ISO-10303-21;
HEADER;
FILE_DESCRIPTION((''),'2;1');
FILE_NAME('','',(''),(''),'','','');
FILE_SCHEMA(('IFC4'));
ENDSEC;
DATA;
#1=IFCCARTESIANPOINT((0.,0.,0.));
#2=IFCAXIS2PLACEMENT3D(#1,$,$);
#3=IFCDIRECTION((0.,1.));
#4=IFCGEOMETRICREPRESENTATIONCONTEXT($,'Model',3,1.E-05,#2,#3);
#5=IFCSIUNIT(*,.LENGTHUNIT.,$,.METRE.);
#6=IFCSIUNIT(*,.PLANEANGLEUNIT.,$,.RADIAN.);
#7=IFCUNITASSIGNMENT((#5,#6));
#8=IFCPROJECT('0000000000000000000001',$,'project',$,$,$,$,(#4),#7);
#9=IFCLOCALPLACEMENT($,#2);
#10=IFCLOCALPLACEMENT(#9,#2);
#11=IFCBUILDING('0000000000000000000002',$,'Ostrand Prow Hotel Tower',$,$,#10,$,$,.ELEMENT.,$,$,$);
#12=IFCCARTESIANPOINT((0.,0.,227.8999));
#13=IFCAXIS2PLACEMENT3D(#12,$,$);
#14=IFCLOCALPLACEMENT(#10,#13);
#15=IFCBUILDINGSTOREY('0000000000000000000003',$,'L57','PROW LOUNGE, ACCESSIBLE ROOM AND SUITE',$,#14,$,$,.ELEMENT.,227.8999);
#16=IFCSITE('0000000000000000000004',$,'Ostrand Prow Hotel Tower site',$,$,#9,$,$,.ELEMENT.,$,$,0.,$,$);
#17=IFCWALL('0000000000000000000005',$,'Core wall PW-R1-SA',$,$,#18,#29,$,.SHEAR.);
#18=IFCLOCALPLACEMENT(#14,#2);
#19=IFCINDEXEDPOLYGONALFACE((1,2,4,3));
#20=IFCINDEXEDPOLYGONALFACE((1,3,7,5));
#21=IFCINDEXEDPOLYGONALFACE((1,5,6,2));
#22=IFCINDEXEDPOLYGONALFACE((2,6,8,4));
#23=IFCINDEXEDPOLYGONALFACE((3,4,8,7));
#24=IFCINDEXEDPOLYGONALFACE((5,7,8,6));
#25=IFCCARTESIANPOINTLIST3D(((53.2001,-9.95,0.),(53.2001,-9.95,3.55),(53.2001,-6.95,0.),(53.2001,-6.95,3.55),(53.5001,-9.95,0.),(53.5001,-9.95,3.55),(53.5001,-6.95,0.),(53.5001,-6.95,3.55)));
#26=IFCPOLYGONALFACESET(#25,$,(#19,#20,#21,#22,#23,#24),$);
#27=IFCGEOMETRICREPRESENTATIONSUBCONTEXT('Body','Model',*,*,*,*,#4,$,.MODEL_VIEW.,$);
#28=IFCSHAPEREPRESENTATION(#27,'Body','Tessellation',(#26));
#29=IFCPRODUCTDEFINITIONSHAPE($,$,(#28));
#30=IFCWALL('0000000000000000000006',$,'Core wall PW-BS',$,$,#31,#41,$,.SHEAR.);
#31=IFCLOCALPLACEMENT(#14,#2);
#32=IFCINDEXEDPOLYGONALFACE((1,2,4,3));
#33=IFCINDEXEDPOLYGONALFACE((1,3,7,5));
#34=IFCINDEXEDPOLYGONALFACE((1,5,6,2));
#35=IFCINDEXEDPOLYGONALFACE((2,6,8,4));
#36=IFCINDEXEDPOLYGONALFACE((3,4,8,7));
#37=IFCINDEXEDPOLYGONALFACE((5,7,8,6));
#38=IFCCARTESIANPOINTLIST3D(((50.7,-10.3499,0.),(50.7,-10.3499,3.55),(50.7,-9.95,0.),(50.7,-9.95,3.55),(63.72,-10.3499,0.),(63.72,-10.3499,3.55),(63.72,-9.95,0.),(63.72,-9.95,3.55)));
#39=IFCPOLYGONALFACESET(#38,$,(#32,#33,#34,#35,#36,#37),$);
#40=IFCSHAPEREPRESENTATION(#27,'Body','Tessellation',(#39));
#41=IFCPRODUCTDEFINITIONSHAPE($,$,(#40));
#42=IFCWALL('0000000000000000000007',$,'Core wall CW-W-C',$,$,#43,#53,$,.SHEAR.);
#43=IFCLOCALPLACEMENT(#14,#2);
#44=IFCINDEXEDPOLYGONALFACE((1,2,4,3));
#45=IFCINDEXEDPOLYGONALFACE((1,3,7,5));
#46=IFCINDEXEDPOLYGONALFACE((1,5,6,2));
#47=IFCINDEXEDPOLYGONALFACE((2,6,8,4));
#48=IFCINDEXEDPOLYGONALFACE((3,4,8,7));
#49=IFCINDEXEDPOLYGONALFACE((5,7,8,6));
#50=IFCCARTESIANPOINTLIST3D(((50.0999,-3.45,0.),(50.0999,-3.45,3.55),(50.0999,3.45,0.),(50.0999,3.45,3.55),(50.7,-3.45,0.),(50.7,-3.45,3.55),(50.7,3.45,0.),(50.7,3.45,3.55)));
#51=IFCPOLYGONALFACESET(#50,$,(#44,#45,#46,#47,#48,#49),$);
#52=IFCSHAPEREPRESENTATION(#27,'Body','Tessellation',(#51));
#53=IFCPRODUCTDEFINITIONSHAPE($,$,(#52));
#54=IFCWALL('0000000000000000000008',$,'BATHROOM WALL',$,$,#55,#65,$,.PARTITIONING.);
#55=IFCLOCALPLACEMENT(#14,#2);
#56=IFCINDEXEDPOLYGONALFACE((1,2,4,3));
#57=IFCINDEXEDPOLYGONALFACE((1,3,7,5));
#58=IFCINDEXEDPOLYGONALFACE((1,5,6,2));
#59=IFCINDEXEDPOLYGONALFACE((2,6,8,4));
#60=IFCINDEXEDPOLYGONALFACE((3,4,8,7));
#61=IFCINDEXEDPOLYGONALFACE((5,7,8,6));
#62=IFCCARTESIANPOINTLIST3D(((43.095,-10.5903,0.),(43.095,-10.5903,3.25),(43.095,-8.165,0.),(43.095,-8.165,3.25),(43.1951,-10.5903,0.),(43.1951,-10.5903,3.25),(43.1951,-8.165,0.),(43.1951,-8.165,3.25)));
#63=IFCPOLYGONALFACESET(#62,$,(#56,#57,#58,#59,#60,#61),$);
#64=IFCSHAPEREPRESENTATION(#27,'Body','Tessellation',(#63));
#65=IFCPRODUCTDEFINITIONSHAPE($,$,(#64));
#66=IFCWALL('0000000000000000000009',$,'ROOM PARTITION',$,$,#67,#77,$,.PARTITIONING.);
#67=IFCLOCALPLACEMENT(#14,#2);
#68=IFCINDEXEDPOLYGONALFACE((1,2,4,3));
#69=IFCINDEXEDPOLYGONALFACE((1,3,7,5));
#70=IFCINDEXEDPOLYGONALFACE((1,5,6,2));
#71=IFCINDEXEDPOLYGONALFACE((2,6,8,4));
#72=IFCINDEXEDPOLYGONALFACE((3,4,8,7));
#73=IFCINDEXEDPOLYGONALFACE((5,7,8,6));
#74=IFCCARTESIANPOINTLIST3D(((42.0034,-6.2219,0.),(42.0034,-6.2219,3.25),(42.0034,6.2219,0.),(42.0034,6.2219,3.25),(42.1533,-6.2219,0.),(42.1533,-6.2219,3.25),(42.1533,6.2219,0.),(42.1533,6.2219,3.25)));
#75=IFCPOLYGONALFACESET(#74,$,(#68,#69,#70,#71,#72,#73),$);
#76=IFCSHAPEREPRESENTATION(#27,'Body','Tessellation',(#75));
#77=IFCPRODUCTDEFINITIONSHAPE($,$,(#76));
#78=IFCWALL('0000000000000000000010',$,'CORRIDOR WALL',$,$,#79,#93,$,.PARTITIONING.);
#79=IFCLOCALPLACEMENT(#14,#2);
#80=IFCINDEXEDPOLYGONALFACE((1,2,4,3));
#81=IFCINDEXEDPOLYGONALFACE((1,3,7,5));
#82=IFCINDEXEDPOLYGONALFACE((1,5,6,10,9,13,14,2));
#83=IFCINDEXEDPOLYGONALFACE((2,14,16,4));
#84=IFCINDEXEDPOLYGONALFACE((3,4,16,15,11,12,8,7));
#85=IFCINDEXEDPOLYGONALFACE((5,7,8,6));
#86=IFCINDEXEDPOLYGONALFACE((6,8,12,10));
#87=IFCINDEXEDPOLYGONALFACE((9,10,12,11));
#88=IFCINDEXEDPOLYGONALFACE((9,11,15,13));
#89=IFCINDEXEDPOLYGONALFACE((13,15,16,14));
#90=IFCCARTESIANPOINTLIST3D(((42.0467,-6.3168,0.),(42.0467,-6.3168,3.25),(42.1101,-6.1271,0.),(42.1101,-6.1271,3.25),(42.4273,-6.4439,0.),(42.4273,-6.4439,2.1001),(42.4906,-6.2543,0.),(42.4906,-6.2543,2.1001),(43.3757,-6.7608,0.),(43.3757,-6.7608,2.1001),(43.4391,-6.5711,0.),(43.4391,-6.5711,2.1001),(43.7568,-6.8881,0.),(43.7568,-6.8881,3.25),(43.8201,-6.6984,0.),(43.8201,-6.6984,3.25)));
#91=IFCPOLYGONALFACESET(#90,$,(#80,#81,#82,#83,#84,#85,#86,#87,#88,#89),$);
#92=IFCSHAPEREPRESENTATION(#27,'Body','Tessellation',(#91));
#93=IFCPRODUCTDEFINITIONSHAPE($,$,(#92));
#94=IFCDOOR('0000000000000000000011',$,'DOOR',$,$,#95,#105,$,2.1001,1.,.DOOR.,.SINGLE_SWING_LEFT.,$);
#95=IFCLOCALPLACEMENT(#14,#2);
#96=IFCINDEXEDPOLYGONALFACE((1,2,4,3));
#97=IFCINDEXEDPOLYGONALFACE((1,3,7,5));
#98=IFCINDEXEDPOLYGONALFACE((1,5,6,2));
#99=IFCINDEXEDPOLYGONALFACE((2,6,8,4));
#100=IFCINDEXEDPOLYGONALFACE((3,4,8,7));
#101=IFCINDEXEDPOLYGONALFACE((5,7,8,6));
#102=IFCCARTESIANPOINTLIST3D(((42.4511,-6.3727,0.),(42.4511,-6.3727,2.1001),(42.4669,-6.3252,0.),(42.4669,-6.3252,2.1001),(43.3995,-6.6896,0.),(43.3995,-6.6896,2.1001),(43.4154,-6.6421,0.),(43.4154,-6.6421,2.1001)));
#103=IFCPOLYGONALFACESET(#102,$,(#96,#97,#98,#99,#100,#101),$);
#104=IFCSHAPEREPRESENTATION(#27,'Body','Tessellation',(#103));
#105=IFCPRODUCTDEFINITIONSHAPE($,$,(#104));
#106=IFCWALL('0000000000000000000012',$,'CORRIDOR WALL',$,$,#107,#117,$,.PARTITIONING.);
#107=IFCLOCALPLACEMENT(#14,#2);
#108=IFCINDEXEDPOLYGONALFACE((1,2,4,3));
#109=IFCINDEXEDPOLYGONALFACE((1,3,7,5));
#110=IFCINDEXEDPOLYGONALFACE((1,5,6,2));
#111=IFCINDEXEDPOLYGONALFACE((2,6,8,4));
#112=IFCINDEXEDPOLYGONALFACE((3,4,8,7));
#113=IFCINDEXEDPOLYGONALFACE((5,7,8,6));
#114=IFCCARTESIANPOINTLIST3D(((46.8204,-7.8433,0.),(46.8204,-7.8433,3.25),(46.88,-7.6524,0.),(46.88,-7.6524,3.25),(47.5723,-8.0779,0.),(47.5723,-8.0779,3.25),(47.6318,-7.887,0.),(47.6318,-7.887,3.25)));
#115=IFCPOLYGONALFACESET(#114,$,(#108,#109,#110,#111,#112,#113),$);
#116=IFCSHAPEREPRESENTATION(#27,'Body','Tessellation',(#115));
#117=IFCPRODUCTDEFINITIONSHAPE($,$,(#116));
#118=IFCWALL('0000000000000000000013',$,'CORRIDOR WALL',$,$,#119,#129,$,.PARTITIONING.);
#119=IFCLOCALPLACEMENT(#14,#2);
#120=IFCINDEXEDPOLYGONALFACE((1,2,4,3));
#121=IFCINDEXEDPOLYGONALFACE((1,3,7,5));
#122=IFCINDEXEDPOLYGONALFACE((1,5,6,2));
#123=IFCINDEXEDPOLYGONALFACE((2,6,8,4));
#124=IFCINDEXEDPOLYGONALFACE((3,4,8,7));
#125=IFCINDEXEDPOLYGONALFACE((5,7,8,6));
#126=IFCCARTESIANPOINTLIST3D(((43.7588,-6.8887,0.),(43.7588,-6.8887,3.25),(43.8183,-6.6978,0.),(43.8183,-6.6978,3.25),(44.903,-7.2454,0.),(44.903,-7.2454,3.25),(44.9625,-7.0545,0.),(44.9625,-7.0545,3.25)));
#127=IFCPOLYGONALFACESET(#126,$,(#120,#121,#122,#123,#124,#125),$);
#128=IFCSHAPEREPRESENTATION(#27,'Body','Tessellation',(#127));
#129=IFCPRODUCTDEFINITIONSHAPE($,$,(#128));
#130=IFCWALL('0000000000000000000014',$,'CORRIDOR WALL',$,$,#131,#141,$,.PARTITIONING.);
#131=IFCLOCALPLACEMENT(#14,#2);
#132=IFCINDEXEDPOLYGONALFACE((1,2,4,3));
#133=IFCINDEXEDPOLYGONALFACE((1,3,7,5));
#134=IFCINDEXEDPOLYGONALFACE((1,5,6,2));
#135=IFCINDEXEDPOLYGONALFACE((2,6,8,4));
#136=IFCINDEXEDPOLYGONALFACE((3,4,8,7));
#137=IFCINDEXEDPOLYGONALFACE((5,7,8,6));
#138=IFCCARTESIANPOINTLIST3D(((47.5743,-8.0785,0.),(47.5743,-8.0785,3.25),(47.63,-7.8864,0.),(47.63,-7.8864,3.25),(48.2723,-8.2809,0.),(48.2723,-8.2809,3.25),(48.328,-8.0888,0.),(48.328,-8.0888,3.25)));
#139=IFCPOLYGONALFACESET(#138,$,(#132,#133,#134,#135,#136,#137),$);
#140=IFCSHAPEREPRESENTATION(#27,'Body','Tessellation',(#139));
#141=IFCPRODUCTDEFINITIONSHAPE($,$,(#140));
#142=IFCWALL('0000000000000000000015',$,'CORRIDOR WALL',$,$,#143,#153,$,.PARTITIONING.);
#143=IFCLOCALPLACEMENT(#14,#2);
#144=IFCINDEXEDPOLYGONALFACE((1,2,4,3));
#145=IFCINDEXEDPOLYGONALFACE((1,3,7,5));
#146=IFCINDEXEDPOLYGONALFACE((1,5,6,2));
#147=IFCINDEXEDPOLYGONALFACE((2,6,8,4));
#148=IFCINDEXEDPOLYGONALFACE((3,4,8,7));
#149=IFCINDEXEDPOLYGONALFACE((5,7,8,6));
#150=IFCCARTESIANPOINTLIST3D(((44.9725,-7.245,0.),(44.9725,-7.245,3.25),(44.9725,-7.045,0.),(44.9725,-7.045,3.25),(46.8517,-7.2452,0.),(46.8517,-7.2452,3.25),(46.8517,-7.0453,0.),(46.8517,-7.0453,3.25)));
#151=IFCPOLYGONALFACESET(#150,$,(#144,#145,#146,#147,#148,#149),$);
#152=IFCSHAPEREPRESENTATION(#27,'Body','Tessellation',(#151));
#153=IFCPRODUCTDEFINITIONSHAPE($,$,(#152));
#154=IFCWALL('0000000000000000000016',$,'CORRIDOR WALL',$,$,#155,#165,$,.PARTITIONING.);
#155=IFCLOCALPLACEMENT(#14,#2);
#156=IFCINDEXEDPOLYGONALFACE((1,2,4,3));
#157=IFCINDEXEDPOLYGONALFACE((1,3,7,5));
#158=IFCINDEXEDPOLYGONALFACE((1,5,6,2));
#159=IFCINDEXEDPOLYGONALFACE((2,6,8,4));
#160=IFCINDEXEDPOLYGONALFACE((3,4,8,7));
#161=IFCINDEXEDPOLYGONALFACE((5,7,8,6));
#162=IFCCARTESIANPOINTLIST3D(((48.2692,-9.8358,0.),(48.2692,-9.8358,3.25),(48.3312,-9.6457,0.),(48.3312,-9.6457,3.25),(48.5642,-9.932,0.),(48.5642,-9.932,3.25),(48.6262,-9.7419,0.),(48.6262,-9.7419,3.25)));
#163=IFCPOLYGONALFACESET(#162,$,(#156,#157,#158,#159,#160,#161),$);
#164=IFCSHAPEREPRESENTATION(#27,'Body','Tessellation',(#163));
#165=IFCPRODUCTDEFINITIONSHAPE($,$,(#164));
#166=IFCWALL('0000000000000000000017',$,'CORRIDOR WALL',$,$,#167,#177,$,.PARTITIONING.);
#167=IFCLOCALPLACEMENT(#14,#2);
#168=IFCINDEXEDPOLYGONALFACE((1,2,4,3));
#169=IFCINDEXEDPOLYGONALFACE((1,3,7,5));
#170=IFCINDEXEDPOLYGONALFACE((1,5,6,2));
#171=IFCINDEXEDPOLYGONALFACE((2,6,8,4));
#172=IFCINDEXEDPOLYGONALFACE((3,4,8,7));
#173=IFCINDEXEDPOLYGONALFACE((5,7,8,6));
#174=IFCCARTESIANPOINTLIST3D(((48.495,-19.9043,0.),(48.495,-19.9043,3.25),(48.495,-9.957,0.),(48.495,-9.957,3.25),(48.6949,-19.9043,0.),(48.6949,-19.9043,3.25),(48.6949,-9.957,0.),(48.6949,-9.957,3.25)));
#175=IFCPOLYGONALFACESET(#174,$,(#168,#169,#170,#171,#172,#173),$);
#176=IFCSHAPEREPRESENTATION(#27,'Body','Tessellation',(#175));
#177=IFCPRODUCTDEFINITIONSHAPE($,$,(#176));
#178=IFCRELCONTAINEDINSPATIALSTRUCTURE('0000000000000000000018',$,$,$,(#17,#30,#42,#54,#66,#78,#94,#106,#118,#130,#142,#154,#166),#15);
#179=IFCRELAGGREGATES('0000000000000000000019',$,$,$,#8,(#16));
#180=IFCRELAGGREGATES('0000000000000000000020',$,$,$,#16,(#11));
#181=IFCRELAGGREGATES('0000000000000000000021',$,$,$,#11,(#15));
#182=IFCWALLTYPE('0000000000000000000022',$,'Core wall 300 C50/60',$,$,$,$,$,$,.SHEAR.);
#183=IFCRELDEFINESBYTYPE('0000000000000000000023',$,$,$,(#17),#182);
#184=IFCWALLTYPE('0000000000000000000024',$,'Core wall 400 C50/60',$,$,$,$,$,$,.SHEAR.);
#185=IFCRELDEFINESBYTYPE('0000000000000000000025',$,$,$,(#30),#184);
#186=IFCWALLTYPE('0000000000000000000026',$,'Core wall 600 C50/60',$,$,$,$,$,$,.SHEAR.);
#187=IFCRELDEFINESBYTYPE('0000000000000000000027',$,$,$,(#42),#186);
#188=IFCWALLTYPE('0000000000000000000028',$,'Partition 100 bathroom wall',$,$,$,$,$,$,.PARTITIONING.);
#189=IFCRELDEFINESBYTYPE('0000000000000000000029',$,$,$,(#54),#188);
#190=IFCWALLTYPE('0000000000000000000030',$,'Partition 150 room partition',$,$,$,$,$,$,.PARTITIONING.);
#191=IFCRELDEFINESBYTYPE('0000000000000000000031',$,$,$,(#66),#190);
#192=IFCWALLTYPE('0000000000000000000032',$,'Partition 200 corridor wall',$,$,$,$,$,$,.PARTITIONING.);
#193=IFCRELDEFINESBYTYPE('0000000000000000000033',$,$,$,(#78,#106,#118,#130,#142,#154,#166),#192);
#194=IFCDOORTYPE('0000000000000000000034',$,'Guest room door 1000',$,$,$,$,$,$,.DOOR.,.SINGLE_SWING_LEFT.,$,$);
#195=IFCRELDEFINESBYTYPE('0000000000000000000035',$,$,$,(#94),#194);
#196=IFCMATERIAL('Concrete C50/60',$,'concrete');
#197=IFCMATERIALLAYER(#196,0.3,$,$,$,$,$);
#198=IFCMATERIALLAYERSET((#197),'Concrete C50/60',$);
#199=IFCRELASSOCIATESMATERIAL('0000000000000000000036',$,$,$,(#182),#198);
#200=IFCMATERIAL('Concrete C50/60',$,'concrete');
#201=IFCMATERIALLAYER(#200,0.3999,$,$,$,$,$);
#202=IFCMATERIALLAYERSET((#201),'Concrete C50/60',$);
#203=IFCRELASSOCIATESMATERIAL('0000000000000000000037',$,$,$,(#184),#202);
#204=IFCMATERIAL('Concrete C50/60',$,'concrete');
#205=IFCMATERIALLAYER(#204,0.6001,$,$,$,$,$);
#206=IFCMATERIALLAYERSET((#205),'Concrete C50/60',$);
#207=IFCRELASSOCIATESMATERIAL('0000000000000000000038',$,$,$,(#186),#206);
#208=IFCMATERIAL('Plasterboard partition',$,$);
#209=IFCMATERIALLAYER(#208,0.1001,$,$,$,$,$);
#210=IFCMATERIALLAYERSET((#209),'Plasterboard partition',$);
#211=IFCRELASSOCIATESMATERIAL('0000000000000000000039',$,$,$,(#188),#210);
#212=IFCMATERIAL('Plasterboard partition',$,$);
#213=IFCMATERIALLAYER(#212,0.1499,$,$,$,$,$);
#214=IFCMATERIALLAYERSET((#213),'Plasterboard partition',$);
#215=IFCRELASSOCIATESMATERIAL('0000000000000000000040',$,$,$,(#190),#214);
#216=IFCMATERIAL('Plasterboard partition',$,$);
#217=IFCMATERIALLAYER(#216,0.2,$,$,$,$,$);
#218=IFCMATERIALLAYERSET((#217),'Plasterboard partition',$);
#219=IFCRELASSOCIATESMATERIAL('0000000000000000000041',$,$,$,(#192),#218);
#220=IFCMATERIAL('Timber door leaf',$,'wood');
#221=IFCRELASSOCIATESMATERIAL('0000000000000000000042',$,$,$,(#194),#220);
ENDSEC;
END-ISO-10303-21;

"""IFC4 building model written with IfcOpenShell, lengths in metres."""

from ifc_helpers import new_model, si_unit, direction, frame, frame_2d, origin, place, context, subcontext, project, spatial, rectangle, extrude, material, layer, layer_set, type_object, element, fill, save


model = new_model("IFC4")

# Units and contexts
model_context = context("Model", 3, precision=1e-05, world=origin(), true_north=direction((0.0, 1.0)))
body_context = subcontext(model_context, "Body", "Model", "MODEL_VIEW")
ifc_project = project(units=[si_unit("LENGTHUNIT", "METRE"), si_unit("PLANEANGLEUNIT", "RADIAN")], contexts=[model_context])

# Site, building, storey
site_placement = place(None, origin())
site = spatial("IfcSite", under=ifc_project, at=site_placement, Name="Ostrand Prow Hotel Tower site", CompositionType="ELEMENT", RefElevation=0.0)
building_placement = place(site_placement, origin())
building = spatial("IfcBuilding", under=site, at=building_placement, Name="Ostrand Prow Hotel Tower", CompositionType="ELEMENT")
storey_placement = place(building_placement, frame((0.0, 0.0, 227.8999)))
storey = spatial("IfcBuildingStorey", under=building, at=storey_placement, Name="L57", Description="PROW LOUNGE, ACCESSIBLE ROOM AND SUITE", CompositionType="ELEMENT", Elevation=227.8999)

# Shared definitions
ifc_material_1 = material(Name="Concrete C50/60", Category="concrete")
ifc_layer_1 = layer(ifc_material_1, 0.3)
ifc_layer_set_1 = layer_set([ifc_layer_1], Name="Concrete C50/60")
wall_type_1 = type_object("IfcWallType", Name="Core wall 300 C50/60", PredefinedType="SHEAR", material=ifc_layer_set_1)

# Walls
for number, where, z_axis, x_axis, name in (
    (1, (53.3501, -9.95, 0.0), (0.0, 0.0, 1.0), (0.0, 1.0, 0.0), "Core wall PW-R1-SA"),
):
    element("IfcWall", number, at=place(storey_placement, frame(where, z_axis=z_axis, x_axis=x_axis)), inside=storey, type_object=wall_type_1, Name=name, PredefinedType="SHEAR", context=body_context, shape_type="SweptSolid", body=[
        extrude(rectangle(XDim=3.0, YDim=0.3, at=frame_2d((1.5, 0.0))), origin(), (0.0, 0.0, 1.0), 3.55),
    ])
ifc_material_2 = material(Name="Concrete C50/60", Category="concrete")
ifc_layer_2 = layer(ifc_material_2, 0.3999)
ifc_layer_set_2 = layer_set([ifc_layer_2], Name="Concrete C50/60")
wall_type_2 = type_object("IfcWallType", Name="Core wall 400 C50/60", PredefinedType="SHEAR", material=ifc_layer_set_2)
wall_1_placement = place(storey_placement, frame((50.7, -10.1499, 0.0), z_axis=(0.0, 0.0, 1.0), x_axis=(1.0, 0.0, 0.0)))
element("IfcWall", 2, at=wall_1_placement, inside=storey, type_object=wall_type_2, Name="Core wall PW-BS", PredefinedType="SHEAR", context=body_context, shape_type="SweptSolid", body=[
    extrude(rectangle(XDim=13.02, YDim=0.3999, at=frame_2d((6.51, 0.0))), origin(), (0.0, 0.0, 1.0), 3.55),
])
ifc_material_3 = material(Name="Concrete C50/60", Category="concrete")
ifc_layer_3 = layer(ifc_material_3, 0.6001)
ifc_layer_set_3 = layer_set([ifc_layer_3], Name="Concrete C50/60")
wall_type_3 = type_object("IfcWallType", Name="Core wall 600 C50/60", PredefinedType="SHEAR", material=ifc_layer_set_3)
wall_2_placement = place(storey_placement, frame((50.3999, -3.45, 0.0), z_axis=(0.0, 0.0, 1.0), x_axis=(0.0, 1.0, 0.0)))
element("IfcWall", 3, at=wall_2_placement, inside=storey, type_object=wall_type_3, Name="Core wall CW-W-C", PredefinedType="SHEAR", context=body_context, shape_type="SweptSolid", body=[
    extrude(rectangle(XDim=6.8999, YDim=0.6001, at=frame_2d((3.45, 0.0))), origin(), (0.0, 0.0, 1.0), 3.55),
])
ifc_material_4 = material(Name="Plasterboard partition")
ifc_layer_4 = layer(ifc_material_4, 0.1001)
ifc_layer_set_4 = layer_set([ifc_layer_4], Name="Plasterboard partition")
wall_type_4 = type_object("IfcWallType", Name="Partition 100 bathroom wall", PredefinedType="PARTITIONING", material=ifc_layer_set_4)
wall_3_placement = place(storey_placement, frame((43.145, -8.165, 0.0), z_axis=(0.0, 0.0, 1.0), x_axis=(0.0, -1.0, 0.0)))
element("IfcWall", 4, at=wall_3_placement, inside=storey, type_object=wall_type_4, Name="BATHROOM WALL", PredefinedType="PARTITIONING", context=body_context, shape_type="SweptSolid", body=[
    extrude(rectangle(XDim=2.4253, YDim=0.1001, at=frame_2d((1.2126, 0.0))), origin(), (0.0, 0.0, 1.0), 3.25),
])
ifc_material_5 = material(Name="Plasterboard partition")
ifc_layer_5 = layer(ifc_material_5, 0.1499)
ifc_layer_set_5 = layer_set([ifc_layer_5], Name="Plasterboard partition")
wall_type_5 = type_object("IfcWallType", Name="Partition 150 room partition", PredefinedType="PARTITIONING", material=ifc_layer_set_5)
wall_4_placement = place(storey_placement, frame((42.0784, -6.2219, 0.0), z_axis=(0.0, 0.0, 1.0), x_axis=(0.0, 1.0, 0.0)))
element("IfcWall", 5, at=wall_4_placement, inside=storey, type_object=wall_type_5, Name="ROOM PARTITION", PredefinedType="PARTITIONING", context=body_context, shape_type="SweptSolid", body=[
    extrude(rectangle(XDim=12.4438, YDim=0.1499, at=frame_2d((6.2219, 0.0))), origin(), (0.0, 0.0, 1.0), 3.25),
])

# Wall, opening, door
ifc_material_6 = material(Name="Plasterboard partition")
ifc_layer_6 = layer(ifc_material_6, 0.2)
ifc_layer_set_6 = layer_set([ifc_layer_6], Name="Plasterboard partition")
wall_type_6 = type_object("IfcWallType", Name="Partition 200 corridor wall", PredefinedType="PARTITIONING", material=ifc_layer_set_6)
wall_5_placement = place(storey_placement, frame((43.7883, -6.7932, 0.0), z_axis=(0.0, 0.0, 1.0), x_axis=(-0.948466, 0.316878, 0.0)))
wall_5 = element("IfcWall", 6, at=wall_5_placement, inside=storey, type_object=wall_type_6, Name="CORRIDOR WALL", PredefinedType="PARTITIONING", context=body_context, shape_type="SweptSolid", body=[
    extrude(rectangle(XDim=1.803, YDim=0.2, at=frame_2d((0.9014, 0.0))), origin(), (0.0, 0.0, 1.0), 3.25),
])
opening_1_placement = place(wall_5_placement, frame((0.4016, 0.0, 0.0)))
opening_1 = element("IfcOpeningElement", 7, at=opening_1_placement, cuts=wall_5, PredefinedType="OPENING", context=body_context, shape_type="SweptSolid", body=[
    extrude(rectangle(XDim=1.0, YDim=2.1001, at=frame_2d((0.5, 1.05))), frame((0.0, 0.1099, 0.0), z_axis=(0.0, -1.0, 0.0), x_axis=(1.0, 0.0, 0.0)), (0.0, 0.0, 1.0), 0.22),
])
ifc_material_7 = material(Name="Timber door leaf", Category="wood")
door_type_1 = type_object("IfcDoorType", Name="Guest room door 1000", OperationType="SINGLE_SWING_LEFT", PredefinedType="DOOR", material=ifc_material_7)
door_1_placement = place(opening_1_placement, origin())
door_1 = element("IfcDoor", 8, at=door_1_placement, inside=storey, type_object=door_type_1, Name="DOOR", OperationType="SINGLE_SWING_LEFT", OverallHeight=2.1001, OverallWidth=1.0, PredefinedType="DOOR", context=body_context, shape_type="SweptSolid", body=[
    extrude(rectangle(XDim=1.0, YDim=2.1001, at=frame_2d((0.5, 1.05))), frame((0.0, 0.0249, 0.0), z_axis=(0.0, -1.0, 0.0), x_axis=(1.0, 0.0, 0.0)), (0.0, 0.0, 1.0), 0.05),
])
fill(opening_1, door_1)

# Walls
wall_6_placement = place(storey_placement, frame((47.6021, -7.9824, 0.0), z_axis=(0.0, 0.0, 1.0), x_axis=(-0.954612, 0.297851, 0.0)))
element("IfcWall", 9, at=wall_6_placement, inside=storey, type_object=wall_type_6, Name="CORRIDOR WALL", PredefinedType="PARTITIONING", context=body_context, shape_type="SweptSolid", body=[
    extrude(rectangle(XDim=0.7876, YDim=0.2, at=frame_2d((0.3938, 0.0))), origin(), (0.0, 0.0, 1.0), 3.25),
])
wall_7_placement = place(storey_placement, frame((44.9326, -7.1499, 0.0), z_axis=(0.0, 0.0, 1.0), x_axis=(-0.954694, 0.297591, 0.0)))
element("IfcWall", 10, at=wall_7_placement, inside=storey, type_object=wall_type_6, Name="CORRIDOR WALL", PredefinedType="PARTITIONING", context=body_context, shape_type="SweptSolid", body=[
    extrude(rectangle(XDim=1.1985, YDim=0.2, at=frame_2d((0.5991, 0.0))), origin(), (0.0, 0.0, 1.0), 3.25),
])
wall_8_placement = place(storey_placement, frame((48.3, -8.1848, 0.0), z_axis=(0.0, 0.0, 1.0), x_axis=(-0.960439, 0.27849, 0.0)))
element("IfcWall", 11, at=wall_8_placement, inside=storey, type_object=wall_type_6, Name="CORRIDOR WALL", PredefinedType="PARTITIONING", context=body_context, shape_type="SweptSolid", body=[
    extrude(rectangle(XDim=0.7268, YDim=0.2, at=frame_2d((0.3633, 0.0))), origin(), (0.0, 0.0, 1.0), 3.25),
])
wall_9_placement = place(storey_placement, frame((46.8516, -7.1453, 0.0), z_axis=(0.0, 0.0, 1.0), x_axis=(-1.0, 0.00013, 0.0)))
element("IfcWall", 12, at=wall_9_placement, inside=storey, type_object=wall_type_6, Name="CORRIDOR WALL", PredefinedType="PARTITIONING", context=body_context, shape_type="SweptSolid", body=[
    extrude(rectangle(XDim=1.8792, YDim=0.2, at=frame_2d((0.9395, 0.0))), origin(), (0.0, 0.0, 1.0), 3.25),
])
wall_10_placement = place(storey_placement, frame((48.3, -9.7407, 0.0), z_axis=(0.0, 0.0, 1.0), x_axis=(0.95071, -0.310082, 0.0)))
element("IfcWall", 13, at=wall_10_placement, inside=storey, type_object=wall_type_6, Name="CORRIDOR WALL", PredefinedType="PARTITIONING", context=body_context, shape_type="SweptSolid", body=[
    extrude(rectangle(XDim=0.3103, YDim=0.2, at=frame_2d((0.1553, 0.0))), origin(), (0.0, 0.0, 1.0), 3.25),
])
wall_11_placement = place(storey_placement, frame((48.595, -9.957, 0.0), z_axis=(0.0, 0.0, 1.0), x_axis=(0.0, -1.0, 0.0)))
element("IfcWall", 14, at=wall_11_placement, inside=storey, type_object=wall_type_6, Name="CORRIDOR WALL", PredefinedType="PARTITIONING", context=body_context, shape_type="SweptSolid", body=[
    extrude(rectangle(XDim=9.9473, YDim=0.2, at=frame_2d((4.9736, 0.0))), origin(), (0.0, 0.0, 1.0), 3.25),
])

save(model, "model.ifc")
